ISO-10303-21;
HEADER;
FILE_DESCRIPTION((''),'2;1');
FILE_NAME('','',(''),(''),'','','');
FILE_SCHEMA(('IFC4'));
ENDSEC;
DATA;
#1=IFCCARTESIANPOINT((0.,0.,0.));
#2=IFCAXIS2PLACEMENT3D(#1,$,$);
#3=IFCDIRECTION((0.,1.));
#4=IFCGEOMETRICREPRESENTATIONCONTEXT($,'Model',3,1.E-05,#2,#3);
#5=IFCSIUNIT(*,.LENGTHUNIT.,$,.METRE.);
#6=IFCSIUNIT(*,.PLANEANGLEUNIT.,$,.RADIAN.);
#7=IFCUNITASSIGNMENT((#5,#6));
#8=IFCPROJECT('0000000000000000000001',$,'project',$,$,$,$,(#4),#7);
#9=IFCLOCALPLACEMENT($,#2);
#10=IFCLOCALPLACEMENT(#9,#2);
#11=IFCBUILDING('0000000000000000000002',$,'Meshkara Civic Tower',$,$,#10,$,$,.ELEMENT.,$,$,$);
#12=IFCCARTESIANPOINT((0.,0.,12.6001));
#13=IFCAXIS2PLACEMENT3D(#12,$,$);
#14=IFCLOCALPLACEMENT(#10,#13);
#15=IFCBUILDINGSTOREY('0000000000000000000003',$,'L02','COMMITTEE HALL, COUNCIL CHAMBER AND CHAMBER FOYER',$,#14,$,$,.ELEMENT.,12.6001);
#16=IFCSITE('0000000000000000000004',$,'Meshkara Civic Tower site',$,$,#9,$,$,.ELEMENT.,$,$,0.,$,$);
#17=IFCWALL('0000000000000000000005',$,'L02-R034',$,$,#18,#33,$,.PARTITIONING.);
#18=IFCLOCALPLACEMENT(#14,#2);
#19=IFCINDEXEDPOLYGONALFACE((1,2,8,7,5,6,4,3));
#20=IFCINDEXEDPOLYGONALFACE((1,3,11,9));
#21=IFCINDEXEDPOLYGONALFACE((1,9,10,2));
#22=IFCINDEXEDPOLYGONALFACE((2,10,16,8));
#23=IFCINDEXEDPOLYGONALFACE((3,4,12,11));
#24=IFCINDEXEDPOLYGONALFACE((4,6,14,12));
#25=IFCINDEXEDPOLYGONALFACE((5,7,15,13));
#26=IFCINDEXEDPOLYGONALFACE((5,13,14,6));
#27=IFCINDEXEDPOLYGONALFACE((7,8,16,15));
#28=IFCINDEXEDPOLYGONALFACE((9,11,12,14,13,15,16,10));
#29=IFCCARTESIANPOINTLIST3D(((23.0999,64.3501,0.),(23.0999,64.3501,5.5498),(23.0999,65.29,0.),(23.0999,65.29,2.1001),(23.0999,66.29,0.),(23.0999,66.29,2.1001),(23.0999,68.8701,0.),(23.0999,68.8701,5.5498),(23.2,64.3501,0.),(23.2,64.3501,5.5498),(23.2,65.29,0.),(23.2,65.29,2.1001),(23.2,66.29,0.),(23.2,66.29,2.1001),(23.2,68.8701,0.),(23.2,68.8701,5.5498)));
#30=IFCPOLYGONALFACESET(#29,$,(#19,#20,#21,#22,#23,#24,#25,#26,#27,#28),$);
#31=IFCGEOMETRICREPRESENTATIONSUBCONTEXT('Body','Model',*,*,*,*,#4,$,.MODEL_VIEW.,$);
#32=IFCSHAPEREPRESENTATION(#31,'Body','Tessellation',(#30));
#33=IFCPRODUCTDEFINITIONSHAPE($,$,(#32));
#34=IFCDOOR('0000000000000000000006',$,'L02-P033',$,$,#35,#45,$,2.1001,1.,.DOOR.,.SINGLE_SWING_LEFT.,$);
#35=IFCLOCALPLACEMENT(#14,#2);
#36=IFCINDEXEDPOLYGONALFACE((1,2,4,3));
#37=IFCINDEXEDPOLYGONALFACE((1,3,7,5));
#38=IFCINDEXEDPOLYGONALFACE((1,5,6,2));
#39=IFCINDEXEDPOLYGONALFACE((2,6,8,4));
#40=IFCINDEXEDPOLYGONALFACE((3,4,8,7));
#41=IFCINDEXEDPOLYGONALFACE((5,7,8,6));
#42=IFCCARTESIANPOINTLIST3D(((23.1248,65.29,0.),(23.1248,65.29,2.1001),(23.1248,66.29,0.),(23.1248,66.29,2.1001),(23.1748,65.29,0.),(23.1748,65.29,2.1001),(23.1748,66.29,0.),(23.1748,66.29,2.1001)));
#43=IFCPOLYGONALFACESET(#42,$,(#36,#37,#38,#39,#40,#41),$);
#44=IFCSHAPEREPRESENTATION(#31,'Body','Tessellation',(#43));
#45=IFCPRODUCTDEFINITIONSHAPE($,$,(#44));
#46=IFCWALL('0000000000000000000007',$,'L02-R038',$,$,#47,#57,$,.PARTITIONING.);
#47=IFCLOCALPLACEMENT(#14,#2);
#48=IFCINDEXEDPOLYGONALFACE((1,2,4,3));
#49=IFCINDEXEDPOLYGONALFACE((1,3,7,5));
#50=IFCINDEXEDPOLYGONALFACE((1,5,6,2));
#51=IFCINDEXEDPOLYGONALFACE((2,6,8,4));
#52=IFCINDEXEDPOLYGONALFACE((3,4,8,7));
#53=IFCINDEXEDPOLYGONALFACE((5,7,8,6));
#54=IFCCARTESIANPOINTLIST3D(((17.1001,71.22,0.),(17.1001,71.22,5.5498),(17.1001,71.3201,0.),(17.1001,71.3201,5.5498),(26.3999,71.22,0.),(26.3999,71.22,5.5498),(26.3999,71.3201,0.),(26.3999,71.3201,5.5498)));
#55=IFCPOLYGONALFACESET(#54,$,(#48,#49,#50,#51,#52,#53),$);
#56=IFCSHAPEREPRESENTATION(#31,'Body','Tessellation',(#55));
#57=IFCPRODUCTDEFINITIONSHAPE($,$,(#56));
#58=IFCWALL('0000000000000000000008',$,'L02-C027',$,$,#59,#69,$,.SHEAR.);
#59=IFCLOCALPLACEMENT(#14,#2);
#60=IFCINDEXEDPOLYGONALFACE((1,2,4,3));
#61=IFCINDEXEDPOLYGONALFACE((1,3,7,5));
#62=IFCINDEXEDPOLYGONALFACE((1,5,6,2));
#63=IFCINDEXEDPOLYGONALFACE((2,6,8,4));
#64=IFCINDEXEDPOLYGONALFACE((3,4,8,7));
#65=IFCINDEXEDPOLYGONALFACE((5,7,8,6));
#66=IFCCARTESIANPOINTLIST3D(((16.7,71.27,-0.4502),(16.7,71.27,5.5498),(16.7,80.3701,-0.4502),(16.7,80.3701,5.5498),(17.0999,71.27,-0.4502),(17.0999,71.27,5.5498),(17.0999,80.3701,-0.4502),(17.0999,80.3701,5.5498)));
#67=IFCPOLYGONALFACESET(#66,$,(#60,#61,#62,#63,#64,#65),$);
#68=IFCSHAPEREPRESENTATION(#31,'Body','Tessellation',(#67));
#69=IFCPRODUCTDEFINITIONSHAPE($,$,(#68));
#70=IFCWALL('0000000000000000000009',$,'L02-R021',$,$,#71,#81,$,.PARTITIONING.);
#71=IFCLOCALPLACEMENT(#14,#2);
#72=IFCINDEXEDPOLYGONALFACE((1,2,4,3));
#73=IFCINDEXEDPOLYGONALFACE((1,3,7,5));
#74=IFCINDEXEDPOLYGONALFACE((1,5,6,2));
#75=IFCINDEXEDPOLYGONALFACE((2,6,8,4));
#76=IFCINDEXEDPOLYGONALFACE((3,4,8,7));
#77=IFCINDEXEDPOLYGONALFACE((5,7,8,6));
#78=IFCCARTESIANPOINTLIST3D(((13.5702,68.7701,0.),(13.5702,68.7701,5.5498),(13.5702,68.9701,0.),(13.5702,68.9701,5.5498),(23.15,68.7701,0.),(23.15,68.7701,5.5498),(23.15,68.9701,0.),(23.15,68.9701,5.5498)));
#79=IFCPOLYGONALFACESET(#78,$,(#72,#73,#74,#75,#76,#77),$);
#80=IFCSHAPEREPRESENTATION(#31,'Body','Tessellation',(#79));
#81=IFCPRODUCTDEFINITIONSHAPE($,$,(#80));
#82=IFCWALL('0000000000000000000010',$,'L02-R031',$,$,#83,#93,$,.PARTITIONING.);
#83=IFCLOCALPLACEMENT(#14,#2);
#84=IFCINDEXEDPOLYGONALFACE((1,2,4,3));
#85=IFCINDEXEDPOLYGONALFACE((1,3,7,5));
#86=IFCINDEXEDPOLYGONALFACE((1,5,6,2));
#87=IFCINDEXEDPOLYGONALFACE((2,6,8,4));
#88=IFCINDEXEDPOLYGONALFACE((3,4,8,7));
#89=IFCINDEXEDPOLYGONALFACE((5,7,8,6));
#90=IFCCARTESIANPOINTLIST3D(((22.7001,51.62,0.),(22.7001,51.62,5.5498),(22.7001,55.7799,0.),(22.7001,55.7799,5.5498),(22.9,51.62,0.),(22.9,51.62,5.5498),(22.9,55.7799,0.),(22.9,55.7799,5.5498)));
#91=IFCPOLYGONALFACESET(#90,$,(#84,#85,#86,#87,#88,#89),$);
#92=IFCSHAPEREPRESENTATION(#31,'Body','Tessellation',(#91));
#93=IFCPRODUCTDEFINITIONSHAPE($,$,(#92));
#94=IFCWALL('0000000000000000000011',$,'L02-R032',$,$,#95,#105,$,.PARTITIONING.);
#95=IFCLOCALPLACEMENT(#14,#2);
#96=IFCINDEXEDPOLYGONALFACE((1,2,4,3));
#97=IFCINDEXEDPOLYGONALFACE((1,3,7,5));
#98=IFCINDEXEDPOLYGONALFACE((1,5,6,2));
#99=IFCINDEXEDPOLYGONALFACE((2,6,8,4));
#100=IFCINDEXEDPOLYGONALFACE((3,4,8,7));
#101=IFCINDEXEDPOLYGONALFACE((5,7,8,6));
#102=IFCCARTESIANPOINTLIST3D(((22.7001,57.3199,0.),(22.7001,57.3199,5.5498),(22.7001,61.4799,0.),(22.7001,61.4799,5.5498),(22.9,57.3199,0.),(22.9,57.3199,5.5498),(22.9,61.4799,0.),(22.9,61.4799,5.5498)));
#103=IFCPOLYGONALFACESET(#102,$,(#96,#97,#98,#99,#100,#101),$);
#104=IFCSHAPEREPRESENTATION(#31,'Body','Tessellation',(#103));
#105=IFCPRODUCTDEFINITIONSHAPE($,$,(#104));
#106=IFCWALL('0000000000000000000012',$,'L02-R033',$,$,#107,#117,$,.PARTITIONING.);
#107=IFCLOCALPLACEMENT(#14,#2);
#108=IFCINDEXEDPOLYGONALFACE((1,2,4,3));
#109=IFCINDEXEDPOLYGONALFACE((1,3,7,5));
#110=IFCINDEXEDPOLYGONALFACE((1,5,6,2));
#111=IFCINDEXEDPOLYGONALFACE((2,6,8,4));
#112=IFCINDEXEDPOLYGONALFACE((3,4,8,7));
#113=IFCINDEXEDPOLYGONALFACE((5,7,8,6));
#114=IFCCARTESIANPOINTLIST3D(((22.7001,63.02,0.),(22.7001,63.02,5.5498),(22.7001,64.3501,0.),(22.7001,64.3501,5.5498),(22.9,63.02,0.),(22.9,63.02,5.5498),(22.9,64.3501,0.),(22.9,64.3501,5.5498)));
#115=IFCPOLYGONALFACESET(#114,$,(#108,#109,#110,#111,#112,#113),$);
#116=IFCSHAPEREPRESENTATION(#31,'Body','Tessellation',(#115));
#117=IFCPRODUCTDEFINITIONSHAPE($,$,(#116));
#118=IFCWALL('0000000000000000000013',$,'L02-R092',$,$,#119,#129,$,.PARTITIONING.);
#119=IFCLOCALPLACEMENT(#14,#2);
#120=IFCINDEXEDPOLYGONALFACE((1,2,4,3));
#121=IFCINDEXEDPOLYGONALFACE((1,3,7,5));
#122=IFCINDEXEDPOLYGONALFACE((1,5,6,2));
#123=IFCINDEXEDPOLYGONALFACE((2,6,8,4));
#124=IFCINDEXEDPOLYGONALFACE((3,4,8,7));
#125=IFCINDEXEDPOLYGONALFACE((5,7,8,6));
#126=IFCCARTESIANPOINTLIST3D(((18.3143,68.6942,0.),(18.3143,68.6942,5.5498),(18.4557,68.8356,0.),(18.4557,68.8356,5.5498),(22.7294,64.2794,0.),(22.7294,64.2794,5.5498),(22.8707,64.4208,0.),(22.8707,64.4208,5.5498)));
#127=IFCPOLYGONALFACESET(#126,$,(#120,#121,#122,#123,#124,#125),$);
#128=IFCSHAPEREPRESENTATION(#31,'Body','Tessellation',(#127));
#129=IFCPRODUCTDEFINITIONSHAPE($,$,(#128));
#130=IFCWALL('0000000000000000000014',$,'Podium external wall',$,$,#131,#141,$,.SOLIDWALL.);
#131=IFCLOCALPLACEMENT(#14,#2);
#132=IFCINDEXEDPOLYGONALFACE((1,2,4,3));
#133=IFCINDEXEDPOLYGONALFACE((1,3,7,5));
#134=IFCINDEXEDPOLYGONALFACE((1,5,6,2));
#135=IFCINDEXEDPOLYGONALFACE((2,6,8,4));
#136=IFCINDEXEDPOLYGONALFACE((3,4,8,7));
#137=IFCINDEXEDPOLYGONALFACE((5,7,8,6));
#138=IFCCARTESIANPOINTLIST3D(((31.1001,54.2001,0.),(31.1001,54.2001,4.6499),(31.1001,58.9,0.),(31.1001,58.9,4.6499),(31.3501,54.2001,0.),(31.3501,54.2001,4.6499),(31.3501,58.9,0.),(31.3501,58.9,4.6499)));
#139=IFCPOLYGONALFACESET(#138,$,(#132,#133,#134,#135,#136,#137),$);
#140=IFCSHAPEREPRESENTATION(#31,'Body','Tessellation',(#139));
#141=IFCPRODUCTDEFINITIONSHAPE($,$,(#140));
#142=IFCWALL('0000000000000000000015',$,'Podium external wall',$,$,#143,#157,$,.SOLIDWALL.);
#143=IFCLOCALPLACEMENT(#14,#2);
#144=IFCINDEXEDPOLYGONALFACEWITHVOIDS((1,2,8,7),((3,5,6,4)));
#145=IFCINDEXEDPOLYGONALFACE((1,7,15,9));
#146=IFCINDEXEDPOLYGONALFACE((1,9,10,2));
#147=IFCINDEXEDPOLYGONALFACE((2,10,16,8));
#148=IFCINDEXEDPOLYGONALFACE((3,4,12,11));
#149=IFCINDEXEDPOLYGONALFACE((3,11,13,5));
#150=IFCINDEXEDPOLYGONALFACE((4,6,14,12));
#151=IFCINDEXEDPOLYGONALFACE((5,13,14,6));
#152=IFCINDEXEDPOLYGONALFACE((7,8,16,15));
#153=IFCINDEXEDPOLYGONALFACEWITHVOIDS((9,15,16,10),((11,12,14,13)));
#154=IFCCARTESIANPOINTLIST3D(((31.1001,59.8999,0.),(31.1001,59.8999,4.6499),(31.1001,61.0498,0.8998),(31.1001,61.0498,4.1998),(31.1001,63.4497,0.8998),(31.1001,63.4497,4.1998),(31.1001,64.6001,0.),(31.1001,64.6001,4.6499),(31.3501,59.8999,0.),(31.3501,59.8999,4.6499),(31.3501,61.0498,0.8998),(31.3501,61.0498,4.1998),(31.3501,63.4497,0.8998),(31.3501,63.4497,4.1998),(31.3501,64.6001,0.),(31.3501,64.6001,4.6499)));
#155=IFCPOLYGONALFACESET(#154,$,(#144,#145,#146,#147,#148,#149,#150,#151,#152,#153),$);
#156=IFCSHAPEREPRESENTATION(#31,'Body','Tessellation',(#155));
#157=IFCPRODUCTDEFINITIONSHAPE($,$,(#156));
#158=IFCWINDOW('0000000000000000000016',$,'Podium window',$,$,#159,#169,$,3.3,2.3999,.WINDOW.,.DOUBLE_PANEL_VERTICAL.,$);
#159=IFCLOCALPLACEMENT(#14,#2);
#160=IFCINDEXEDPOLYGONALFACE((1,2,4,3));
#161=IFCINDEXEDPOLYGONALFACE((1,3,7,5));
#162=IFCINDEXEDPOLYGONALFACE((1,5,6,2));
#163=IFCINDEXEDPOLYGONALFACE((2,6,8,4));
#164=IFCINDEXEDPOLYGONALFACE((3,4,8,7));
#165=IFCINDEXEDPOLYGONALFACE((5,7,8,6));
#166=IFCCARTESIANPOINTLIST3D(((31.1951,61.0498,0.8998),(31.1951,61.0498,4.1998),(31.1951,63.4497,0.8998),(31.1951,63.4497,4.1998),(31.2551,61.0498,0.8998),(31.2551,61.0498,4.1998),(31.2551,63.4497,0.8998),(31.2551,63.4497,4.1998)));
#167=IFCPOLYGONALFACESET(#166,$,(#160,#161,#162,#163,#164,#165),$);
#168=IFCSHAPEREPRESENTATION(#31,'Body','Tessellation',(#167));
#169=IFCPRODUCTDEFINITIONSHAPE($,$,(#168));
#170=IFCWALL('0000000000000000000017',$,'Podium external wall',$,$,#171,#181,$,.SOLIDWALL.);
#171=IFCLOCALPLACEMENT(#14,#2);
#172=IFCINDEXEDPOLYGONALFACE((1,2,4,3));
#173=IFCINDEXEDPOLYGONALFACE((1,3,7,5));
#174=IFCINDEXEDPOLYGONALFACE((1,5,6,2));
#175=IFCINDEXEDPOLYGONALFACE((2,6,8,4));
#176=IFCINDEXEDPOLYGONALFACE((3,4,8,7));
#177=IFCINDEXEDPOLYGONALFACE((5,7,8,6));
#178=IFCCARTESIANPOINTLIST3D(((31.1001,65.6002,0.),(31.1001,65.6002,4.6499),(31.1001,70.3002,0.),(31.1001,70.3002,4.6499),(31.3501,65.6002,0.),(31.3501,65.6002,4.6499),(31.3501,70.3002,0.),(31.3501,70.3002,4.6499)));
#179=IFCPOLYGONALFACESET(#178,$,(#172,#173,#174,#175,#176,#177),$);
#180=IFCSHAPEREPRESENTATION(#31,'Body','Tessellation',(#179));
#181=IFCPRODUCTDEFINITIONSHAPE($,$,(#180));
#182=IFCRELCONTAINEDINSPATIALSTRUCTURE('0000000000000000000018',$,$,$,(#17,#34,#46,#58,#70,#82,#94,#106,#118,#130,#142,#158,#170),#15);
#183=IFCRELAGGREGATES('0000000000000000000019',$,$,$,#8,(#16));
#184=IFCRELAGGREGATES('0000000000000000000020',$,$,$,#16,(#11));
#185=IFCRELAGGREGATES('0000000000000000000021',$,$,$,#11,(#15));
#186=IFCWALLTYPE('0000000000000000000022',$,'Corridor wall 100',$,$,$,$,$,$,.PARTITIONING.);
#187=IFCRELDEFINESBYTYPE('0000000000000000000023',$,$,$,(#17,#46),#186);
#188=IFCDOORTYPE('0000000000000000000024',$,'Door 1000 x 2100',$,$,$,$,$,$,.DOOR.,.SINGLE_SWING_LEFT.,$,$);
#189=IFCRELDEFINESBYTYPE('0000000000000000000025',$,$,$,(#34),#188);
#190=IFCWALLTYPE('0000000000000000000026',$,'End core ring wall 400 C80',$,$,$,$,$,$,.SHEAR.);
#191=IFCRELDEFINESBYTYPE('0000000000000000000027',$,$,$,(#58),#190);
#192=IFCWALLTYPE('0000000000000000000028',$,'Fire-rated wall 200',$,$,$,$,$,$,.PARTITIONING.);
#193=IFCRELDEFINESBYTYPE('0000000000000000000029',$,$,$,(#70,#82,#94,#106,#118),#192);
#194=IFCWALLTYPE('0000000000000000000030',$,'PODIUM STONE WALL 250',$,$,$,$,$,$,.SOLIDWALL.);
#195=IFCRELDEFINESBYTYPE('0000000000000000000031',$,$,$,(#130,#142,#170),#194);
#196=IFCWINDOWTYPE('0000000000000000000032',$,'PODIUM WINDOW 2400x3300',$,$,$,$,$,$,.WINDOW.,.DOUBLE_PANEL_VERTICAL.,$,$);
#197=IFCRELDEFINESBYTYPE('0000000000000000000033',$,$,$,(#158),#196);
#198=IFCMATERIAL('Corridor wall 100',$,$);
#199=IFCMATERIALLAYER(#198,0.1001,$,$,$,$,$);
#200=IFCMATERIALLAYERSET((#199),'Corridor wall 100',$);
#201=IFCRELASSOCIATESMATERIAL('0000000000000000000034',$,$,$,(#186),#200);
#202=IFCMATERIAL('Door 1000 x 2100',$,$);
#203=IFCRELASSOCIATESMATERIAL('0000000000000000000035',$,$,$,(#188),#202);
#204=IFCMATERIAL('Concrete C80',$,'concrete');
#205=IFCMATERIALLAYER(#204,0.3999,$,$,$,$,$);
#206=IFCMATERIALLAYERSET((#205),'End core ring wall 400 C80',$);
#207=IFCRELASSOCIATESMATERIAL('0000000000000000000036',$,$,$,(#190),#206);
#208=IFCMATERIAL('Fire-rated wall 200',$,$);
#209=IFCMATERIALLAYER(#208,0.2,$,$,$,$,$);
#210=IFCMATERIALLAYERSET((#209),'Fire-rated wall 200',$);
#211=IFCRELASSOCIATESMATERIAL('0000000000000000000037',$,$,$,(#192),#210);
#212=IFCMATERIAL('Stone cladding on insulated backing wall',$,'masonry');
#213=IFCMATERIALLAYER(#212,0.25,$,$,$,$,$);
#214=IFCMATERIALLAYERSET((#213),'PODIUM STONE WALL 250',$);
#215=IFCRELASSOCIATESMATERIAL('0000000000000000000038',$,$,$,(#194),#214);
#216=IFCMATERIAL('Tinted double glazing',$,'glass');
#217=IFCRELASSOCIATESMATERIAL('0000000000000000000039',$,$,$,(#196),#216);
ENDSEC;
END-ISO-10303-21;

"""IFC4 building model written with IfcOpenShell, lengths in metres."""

from ifc_helpers import new_model, si_unit, direction, frame, frame_2d, origin, place, context, subcontext, project, spatial, rectangle, extrude, material, layer, layer_set, type_object, element, fill, save


model = new_model("IFC4")

# Units and contexts
model_context = context("Model", 3, precision=1e-05, world=origin(), true_north=direction((0.0, 1.0)))
body_context = subcontext(model_context, "Body", "Model", "MODEL_VIEW")
ifc_project = project(units=[si_unit("LENGTHUNIT", "METRE"), si_unit("PLANEANGLEUNIT", "RADIAN")], contexts=[model_context])

# Site, building, storey
site_placement = place(None, origin())
site = spatial("IfcSite", under=ifc_project, at=site_placement, Name="Meshkara Civic Tower site", CompositionType="ELEMENT", RefElevation=0.0)
building_placement = place(site_placement, origin())
building = spatial("IfcBuilding", under=site, at=building_placement, Name="Meshkara Civic Tower", CompositionType="ELEMENT")
storey_placement = place(building_placement, frame((0.0, 0.0, 12.6001)))
storey = spatial("IfcBuildingStorey", under=building, at=storey_placement, Name="L02", Description="COMMITTEE HALL, COUNCIL CHAMBER AND CHAMBER FOYER", CompositionType="ELEMENT", Elevation=12.6001)

# Wall, opening, door
ifc_material_1 = material(Name="Corridor wall 100")
ifc_layer_1 = layer(ifc_material_1, 0.1001)
ifc_layer_set_1 = layer_set([ifc_layer_1], Name="Corridor wall 100")
wall_type_1 = type_object("IfcWallType", Name="Corridor wall 100", PredefinedType="PARTITIONING", material=ifc_layer_set_1)
wall_1_placement = place(storey_placement, frame((23.1499, 68.8701, 0.0), z_axis=(0.0, 0.0, 1.0), x_axis=(0.0, -1.0, 0.0)))
wall_1 = element("IfcWall", 1, at=wall_1_placement, inside=storey, type_object=wall_type_1, Name="L02-R034", PredefinedType="PARTITIONING", context=body_context, shape_type="SweptSolid", body=[
    extrude(rectangle(XDim=4.52, YDim=0.1001, at=frame_2d((2.26, 0.0))), origin(), (0.0, 0.0, 1.0), 5.5498),
])
opening_1_placement = place(wall_1_placement, frame((2.5801, 0.0, 0.0)))
opening_1 = element("IfcOpeningElement", 2, at=opening_1_placement, cuts=wall_1, PredefinedType="OPENING", context=body_context, shape_type="SweptSolid", body=[
    extrude(rectangle(XDim=1.0, YDim=2.1001, at=frame_2d((0.5, 1.05))), frame((0.0, 0.0601, 0.0), z_axis=(0.0, -1.0, 0.0), x_axis=(1.0, 0.0, 0.0)), (0.0, 0.0, 1.0), 0.1201),
])
ifc_material_2 = material(Name="Door 1000 x 2100")
door_type = type_object("IfcDoorType", Name="Door 1000 x 2100", OperationType="SINGLE_SWING_LEFT", PredefinedType="DOOR", material=ifc_material_2)
door_placement = place(opening_1_placement, origin())
door = element("IfcDoor", 3, at=door_placement, inside=storey, type_object=door_type, Name="L02-P033", OperationType="SINGLE_SWING_LEFT", OverallHeight=2.1001, OverallWidth=1.0, PredefinedType="DOOR", context=body_context, shape_type="SweptSolid", body=[
    extrude(rectangle(XDim=1.0, YDim=2.1001, at=frame_2d((0.5, 1.05))), frame((0.0, 0.0249, 0.0), z_axis=(0.0, -1.0, 0.0), x_axis=(1.0, 0.0, 0.0)), (0.0, 0.0, 1.0), 0.05),
])
fill(opening_1, door)

# Walls
wall_2_placement = place(storey_placement, frame((26.3999, 71.27, 0.0), z_axis=(0.0, 0.0, 1.0), x_axis=(-1.0, 0.0, 0.0)))
element("IfcWall", 4, at=wall_2_placement, inside=storey, type_object=wall_type_1, Name="L02-R038", PredefinedType="PARTITIONING", context=body_context, shape_type="SweptSolid", body=[
    extrude(rectangle(XDim=9.2998, YDim=0.1001, at=frame_2d((4.6499, 0.0))), origin(), (0.0, 0.0, 1.0), 5.5498),
])
ifc_material_3 = material(Name="Concrete C80", Category="concrete")
ifc_layer_2 = layer(ifc_material_3, 0.3999)
ifc_layer_set_2 = layer_set([ifc_layer_2], Name="End core ring wall 400 C80")
wall_type_2 = type_object("IfcWallType", Name="End core ring wall 400 C80", PredefinedType="SHEAR", material=ifc_layer_set_2)
wall_3_placement = place(storey_placement, frame((16.8999, 71.27, -0.4502), z_axis=(0.0, 0.0, 1.0), x_axis=(0.0, 1.0, 0.0)))
element("IfcWall", 5, at=wall_3_placement, inside=storey, type_object=wall_type_2, Name="L02-C027", PredefinedType="SHEAR", context=body_context, shape_type="SweptSolid", body=[
    extrude(rectangle(XDim=9.1001, YDim=0.3999, at=frame_2d((4.55, 0.0))), origin(), (0.0, 0.0, 1.0), 6.0),
])
ifc_material_4 = material(Name="Fire-rated wall 200")
ifc_layer_3 = layer(ifc_material_4, 0.2)
ifc_layer_set_3 = layer_set([ifc_layer_3], Name="Fire-rated wall 200")
wall_type_3 = type_object("IfcWallType", Name="Fire-rated wall 200", PredefinedType="PARTITIONING", material=ifc_layer_set_3)
wall_4_placement = place(storey_placement, frame((13.5701, 68.8701, 0.0), z_axis=(0.0, 0.0, 1.0), x_axis=(1.0, 0.0, 0.0)))
element("IfcWall", 6, at=wall_4_placement, inside=storey, type_object=wall_type_3, Name="L02-R021", PredefinedType="PARTITIONING", context=body_context, shape_type="SweptSolid", body=[
    extrude(rectangle(XDim=9.5798, YDim=0.2, at=frame_2d((4.79, 0.0))), origin(), (0.0, 0.0, 1.0), 5.5498),
])
for number, where, z_axis, x_axis, name in (
    (7, (22.8, 55.78, 0.0), (0.0, 0.0, 1.0), (0.0, -1.0, 0.0), "L02-R031"),
    (8, (22.8, 61.48, 0.0), (0.0, 0.0, 1.0), (0.0, -1.0, 0.0), "L02-R032"),
):
    element("IfcWall", number, at=place(storey_placement, frame(where, z_axis=z_axis, x_axis=x_axis)), inside=storey, type_object=wall_type_3, Name=name, PredefinedType="PARTITIONING", context=body_context, shape_type="SweptSolid", body=[
        extrude(rectangle(XDim=4.1599, YDim=0.2, at=frame_2d((2.0801, 0.0))), origin(), (0.0, 0.0, 1.0), 5.5498),
    ])
wall_5_placement = place(storey_placement, frame((22.8, 64.3501, 0.0), z_axis=(0.0, 0.0, 1.0), x_axis=(0.0, -1.0, 0.0)))
element("IfcWall", 9, at=wall_5_placement, inside=storey, type_object=wall_type_3, Name="L02-R033", PredefinedType="PARTITIONING", context=body_context, shape_type="SweptSolid", body=[
    extrude(rectangle(XDim=1.3301, YDim=0.2, at=frame_2d((0.665, 0.0))), origin(), (0.0, 0.0, 1.0), 5.5498),
])
wall_6_placement = place(storey_placement, frame((22.8, 64.3501, 0.0), z_axis=(0.0, 0.0, 1.0), x_axis=(-0.707126, 0.707087, 0.0)))
element("IfcWall", 10, at=wall_6_placement, inside=storey, type_object=wall_type_3, Name="L02-R092", PredefinedType="PARTITIONING", context=body_context, shape_type="SweptSolid", body=[
    extrude(rectangle(XDim=6.2437, YDim=0.2, at=frame_2d((3.1218, 0.0))), origin(), (0.0, 0.0, 1.0), 5.5498),
])
ifc_material_5 = material(Name="Stone cladding on insulated backing wall", Category="masonry")
ifc_layer_4 = layer(ifc_material_5, 0.25)
ifc_layer_set_4 = layer_set([ifc_layer_4], Name="PODIUM STONE WALL 250")
wall_type_4 = type_object("IfcWallType", Name="PODIUM STONE WALL 250", PredefinedType="SOLIDWALL", material=ifc_layer_set_4)
wall_7_placement = place(storey_placement, frame((31.2251, 54.2, 0.0), z_axis=(0.0, 0.0, 1.0), x_axis=(0.0, 1.0, 0.0)))
element("IfcWall", 11, at=wall_7_placement, inside=storey, type_object=wall_type_4, Name="Podium external wall", PredefinedType="SOLIDWALL", context=body_context, shape_type="SweptSolid", body=[
    extrude(rectangle(XDim=4.7, YDim=0.25, at=frame_2d((2.3501, 0.0))), origin(), (0.0, 0.0, 1.0), 4.6499),
])

# Wall, opening, window
wall_8_placement = place(storey_placement, frame((31.2251, 59.8999, 0.0), z_axis=(0.0, 0.0, 1.0), x_axis=(0.0, 1.0, 0.0)))
wall_8 = element("IfcWall", 12, at=wall_8_placement, inside=storey, type_object=wall_type_4, Name="Podium external wall", PredefinedType="SOLIDWALL", context=body_context, shape_type="SweptSolid", body=[
    extrude(rectangle(XDim=4.7002, YDim=0.25, at=frame_2d((2.3501, 0.0))), origin(), (0.0, 0.0, 1.0), 4.6499),
])
opening_2_placement = place(wall_8_placement, frame((1.1499, 0.0, 0.8999)))
opening_2 = element("IfcOpeningElement", 13, at=opening_2_placement, cuts=wall_8, PredefinedType="OPENING", context=body_context, shape_type="SweptSolid", body=[
    extrude(rectangle(XDim=2.3999, YDim=3.3, at=frame_2d((1.2, 1.6499))), frame((0.0, 0.135, 0.0), z_axis=(0.0, -1.0, 0.0), x_axis=(1.0, 0.0, 0.0)), (0.0, 0.0, 1.0), 0.27),
])
ifc_material_6 = material(Name="Tinted double glazing", Category="glass")
window_type = type_object("IfcWindowType", Name="PODIUM WINDOW 2400x3300", PartitioningType="DOUBLE_PANEL_VERTICAL", PredefinedType="WINDOW", material=ifc_material_6)
window_1_placement = place(opening_2_placement, origin())
window_1 = element("IfcWindow", 14, at=window_1_placement, inside=storey, type_object=window_type, Name="Podium window", OverallHeight=3.3, OverallWidth=2.3999, PartitioningType="DOUBLE_PANEL_VERTICAL", PredefinedType="WINDOW", context=body_context, shape_type="SweptSolid", body=[
    extrude(rectangle(XDim=2.3999, YDim=3.3, at=frame_2d((1.2, 1.6499))), frame((0.0, 0.03, 0.0), z_axis=(0.0, -1.0, 0.0), x_axis=(1.0, 0.0, 0.0)), (0.0, 0.0, 1.0), 0.0601),
])
fill(opening_2, window_1)

# Wall
wall_9_placement = place(storey_placement, frame((31.2251, 65.6001, 0.0), z_axis=(0.0, 0.0, 1.0), x_axis=(0.0, 1.0, 0.0)))
element("IfcWall", 15, at=wall_9_placement, inside=storey, type_object=wall_type_4, Name="Podium external wall", PredefinedType="SOLIDWALL", context=body_context, shape_type="SweptSolid", body=[
    extrude(rectangle(XDim=4.7, YDim=0.25, at=frame_2d((2.3501, 0.0))), origin(), (0.0, 0.0, 1.0), 4.6499),
])

save(model, "model.ifc")
